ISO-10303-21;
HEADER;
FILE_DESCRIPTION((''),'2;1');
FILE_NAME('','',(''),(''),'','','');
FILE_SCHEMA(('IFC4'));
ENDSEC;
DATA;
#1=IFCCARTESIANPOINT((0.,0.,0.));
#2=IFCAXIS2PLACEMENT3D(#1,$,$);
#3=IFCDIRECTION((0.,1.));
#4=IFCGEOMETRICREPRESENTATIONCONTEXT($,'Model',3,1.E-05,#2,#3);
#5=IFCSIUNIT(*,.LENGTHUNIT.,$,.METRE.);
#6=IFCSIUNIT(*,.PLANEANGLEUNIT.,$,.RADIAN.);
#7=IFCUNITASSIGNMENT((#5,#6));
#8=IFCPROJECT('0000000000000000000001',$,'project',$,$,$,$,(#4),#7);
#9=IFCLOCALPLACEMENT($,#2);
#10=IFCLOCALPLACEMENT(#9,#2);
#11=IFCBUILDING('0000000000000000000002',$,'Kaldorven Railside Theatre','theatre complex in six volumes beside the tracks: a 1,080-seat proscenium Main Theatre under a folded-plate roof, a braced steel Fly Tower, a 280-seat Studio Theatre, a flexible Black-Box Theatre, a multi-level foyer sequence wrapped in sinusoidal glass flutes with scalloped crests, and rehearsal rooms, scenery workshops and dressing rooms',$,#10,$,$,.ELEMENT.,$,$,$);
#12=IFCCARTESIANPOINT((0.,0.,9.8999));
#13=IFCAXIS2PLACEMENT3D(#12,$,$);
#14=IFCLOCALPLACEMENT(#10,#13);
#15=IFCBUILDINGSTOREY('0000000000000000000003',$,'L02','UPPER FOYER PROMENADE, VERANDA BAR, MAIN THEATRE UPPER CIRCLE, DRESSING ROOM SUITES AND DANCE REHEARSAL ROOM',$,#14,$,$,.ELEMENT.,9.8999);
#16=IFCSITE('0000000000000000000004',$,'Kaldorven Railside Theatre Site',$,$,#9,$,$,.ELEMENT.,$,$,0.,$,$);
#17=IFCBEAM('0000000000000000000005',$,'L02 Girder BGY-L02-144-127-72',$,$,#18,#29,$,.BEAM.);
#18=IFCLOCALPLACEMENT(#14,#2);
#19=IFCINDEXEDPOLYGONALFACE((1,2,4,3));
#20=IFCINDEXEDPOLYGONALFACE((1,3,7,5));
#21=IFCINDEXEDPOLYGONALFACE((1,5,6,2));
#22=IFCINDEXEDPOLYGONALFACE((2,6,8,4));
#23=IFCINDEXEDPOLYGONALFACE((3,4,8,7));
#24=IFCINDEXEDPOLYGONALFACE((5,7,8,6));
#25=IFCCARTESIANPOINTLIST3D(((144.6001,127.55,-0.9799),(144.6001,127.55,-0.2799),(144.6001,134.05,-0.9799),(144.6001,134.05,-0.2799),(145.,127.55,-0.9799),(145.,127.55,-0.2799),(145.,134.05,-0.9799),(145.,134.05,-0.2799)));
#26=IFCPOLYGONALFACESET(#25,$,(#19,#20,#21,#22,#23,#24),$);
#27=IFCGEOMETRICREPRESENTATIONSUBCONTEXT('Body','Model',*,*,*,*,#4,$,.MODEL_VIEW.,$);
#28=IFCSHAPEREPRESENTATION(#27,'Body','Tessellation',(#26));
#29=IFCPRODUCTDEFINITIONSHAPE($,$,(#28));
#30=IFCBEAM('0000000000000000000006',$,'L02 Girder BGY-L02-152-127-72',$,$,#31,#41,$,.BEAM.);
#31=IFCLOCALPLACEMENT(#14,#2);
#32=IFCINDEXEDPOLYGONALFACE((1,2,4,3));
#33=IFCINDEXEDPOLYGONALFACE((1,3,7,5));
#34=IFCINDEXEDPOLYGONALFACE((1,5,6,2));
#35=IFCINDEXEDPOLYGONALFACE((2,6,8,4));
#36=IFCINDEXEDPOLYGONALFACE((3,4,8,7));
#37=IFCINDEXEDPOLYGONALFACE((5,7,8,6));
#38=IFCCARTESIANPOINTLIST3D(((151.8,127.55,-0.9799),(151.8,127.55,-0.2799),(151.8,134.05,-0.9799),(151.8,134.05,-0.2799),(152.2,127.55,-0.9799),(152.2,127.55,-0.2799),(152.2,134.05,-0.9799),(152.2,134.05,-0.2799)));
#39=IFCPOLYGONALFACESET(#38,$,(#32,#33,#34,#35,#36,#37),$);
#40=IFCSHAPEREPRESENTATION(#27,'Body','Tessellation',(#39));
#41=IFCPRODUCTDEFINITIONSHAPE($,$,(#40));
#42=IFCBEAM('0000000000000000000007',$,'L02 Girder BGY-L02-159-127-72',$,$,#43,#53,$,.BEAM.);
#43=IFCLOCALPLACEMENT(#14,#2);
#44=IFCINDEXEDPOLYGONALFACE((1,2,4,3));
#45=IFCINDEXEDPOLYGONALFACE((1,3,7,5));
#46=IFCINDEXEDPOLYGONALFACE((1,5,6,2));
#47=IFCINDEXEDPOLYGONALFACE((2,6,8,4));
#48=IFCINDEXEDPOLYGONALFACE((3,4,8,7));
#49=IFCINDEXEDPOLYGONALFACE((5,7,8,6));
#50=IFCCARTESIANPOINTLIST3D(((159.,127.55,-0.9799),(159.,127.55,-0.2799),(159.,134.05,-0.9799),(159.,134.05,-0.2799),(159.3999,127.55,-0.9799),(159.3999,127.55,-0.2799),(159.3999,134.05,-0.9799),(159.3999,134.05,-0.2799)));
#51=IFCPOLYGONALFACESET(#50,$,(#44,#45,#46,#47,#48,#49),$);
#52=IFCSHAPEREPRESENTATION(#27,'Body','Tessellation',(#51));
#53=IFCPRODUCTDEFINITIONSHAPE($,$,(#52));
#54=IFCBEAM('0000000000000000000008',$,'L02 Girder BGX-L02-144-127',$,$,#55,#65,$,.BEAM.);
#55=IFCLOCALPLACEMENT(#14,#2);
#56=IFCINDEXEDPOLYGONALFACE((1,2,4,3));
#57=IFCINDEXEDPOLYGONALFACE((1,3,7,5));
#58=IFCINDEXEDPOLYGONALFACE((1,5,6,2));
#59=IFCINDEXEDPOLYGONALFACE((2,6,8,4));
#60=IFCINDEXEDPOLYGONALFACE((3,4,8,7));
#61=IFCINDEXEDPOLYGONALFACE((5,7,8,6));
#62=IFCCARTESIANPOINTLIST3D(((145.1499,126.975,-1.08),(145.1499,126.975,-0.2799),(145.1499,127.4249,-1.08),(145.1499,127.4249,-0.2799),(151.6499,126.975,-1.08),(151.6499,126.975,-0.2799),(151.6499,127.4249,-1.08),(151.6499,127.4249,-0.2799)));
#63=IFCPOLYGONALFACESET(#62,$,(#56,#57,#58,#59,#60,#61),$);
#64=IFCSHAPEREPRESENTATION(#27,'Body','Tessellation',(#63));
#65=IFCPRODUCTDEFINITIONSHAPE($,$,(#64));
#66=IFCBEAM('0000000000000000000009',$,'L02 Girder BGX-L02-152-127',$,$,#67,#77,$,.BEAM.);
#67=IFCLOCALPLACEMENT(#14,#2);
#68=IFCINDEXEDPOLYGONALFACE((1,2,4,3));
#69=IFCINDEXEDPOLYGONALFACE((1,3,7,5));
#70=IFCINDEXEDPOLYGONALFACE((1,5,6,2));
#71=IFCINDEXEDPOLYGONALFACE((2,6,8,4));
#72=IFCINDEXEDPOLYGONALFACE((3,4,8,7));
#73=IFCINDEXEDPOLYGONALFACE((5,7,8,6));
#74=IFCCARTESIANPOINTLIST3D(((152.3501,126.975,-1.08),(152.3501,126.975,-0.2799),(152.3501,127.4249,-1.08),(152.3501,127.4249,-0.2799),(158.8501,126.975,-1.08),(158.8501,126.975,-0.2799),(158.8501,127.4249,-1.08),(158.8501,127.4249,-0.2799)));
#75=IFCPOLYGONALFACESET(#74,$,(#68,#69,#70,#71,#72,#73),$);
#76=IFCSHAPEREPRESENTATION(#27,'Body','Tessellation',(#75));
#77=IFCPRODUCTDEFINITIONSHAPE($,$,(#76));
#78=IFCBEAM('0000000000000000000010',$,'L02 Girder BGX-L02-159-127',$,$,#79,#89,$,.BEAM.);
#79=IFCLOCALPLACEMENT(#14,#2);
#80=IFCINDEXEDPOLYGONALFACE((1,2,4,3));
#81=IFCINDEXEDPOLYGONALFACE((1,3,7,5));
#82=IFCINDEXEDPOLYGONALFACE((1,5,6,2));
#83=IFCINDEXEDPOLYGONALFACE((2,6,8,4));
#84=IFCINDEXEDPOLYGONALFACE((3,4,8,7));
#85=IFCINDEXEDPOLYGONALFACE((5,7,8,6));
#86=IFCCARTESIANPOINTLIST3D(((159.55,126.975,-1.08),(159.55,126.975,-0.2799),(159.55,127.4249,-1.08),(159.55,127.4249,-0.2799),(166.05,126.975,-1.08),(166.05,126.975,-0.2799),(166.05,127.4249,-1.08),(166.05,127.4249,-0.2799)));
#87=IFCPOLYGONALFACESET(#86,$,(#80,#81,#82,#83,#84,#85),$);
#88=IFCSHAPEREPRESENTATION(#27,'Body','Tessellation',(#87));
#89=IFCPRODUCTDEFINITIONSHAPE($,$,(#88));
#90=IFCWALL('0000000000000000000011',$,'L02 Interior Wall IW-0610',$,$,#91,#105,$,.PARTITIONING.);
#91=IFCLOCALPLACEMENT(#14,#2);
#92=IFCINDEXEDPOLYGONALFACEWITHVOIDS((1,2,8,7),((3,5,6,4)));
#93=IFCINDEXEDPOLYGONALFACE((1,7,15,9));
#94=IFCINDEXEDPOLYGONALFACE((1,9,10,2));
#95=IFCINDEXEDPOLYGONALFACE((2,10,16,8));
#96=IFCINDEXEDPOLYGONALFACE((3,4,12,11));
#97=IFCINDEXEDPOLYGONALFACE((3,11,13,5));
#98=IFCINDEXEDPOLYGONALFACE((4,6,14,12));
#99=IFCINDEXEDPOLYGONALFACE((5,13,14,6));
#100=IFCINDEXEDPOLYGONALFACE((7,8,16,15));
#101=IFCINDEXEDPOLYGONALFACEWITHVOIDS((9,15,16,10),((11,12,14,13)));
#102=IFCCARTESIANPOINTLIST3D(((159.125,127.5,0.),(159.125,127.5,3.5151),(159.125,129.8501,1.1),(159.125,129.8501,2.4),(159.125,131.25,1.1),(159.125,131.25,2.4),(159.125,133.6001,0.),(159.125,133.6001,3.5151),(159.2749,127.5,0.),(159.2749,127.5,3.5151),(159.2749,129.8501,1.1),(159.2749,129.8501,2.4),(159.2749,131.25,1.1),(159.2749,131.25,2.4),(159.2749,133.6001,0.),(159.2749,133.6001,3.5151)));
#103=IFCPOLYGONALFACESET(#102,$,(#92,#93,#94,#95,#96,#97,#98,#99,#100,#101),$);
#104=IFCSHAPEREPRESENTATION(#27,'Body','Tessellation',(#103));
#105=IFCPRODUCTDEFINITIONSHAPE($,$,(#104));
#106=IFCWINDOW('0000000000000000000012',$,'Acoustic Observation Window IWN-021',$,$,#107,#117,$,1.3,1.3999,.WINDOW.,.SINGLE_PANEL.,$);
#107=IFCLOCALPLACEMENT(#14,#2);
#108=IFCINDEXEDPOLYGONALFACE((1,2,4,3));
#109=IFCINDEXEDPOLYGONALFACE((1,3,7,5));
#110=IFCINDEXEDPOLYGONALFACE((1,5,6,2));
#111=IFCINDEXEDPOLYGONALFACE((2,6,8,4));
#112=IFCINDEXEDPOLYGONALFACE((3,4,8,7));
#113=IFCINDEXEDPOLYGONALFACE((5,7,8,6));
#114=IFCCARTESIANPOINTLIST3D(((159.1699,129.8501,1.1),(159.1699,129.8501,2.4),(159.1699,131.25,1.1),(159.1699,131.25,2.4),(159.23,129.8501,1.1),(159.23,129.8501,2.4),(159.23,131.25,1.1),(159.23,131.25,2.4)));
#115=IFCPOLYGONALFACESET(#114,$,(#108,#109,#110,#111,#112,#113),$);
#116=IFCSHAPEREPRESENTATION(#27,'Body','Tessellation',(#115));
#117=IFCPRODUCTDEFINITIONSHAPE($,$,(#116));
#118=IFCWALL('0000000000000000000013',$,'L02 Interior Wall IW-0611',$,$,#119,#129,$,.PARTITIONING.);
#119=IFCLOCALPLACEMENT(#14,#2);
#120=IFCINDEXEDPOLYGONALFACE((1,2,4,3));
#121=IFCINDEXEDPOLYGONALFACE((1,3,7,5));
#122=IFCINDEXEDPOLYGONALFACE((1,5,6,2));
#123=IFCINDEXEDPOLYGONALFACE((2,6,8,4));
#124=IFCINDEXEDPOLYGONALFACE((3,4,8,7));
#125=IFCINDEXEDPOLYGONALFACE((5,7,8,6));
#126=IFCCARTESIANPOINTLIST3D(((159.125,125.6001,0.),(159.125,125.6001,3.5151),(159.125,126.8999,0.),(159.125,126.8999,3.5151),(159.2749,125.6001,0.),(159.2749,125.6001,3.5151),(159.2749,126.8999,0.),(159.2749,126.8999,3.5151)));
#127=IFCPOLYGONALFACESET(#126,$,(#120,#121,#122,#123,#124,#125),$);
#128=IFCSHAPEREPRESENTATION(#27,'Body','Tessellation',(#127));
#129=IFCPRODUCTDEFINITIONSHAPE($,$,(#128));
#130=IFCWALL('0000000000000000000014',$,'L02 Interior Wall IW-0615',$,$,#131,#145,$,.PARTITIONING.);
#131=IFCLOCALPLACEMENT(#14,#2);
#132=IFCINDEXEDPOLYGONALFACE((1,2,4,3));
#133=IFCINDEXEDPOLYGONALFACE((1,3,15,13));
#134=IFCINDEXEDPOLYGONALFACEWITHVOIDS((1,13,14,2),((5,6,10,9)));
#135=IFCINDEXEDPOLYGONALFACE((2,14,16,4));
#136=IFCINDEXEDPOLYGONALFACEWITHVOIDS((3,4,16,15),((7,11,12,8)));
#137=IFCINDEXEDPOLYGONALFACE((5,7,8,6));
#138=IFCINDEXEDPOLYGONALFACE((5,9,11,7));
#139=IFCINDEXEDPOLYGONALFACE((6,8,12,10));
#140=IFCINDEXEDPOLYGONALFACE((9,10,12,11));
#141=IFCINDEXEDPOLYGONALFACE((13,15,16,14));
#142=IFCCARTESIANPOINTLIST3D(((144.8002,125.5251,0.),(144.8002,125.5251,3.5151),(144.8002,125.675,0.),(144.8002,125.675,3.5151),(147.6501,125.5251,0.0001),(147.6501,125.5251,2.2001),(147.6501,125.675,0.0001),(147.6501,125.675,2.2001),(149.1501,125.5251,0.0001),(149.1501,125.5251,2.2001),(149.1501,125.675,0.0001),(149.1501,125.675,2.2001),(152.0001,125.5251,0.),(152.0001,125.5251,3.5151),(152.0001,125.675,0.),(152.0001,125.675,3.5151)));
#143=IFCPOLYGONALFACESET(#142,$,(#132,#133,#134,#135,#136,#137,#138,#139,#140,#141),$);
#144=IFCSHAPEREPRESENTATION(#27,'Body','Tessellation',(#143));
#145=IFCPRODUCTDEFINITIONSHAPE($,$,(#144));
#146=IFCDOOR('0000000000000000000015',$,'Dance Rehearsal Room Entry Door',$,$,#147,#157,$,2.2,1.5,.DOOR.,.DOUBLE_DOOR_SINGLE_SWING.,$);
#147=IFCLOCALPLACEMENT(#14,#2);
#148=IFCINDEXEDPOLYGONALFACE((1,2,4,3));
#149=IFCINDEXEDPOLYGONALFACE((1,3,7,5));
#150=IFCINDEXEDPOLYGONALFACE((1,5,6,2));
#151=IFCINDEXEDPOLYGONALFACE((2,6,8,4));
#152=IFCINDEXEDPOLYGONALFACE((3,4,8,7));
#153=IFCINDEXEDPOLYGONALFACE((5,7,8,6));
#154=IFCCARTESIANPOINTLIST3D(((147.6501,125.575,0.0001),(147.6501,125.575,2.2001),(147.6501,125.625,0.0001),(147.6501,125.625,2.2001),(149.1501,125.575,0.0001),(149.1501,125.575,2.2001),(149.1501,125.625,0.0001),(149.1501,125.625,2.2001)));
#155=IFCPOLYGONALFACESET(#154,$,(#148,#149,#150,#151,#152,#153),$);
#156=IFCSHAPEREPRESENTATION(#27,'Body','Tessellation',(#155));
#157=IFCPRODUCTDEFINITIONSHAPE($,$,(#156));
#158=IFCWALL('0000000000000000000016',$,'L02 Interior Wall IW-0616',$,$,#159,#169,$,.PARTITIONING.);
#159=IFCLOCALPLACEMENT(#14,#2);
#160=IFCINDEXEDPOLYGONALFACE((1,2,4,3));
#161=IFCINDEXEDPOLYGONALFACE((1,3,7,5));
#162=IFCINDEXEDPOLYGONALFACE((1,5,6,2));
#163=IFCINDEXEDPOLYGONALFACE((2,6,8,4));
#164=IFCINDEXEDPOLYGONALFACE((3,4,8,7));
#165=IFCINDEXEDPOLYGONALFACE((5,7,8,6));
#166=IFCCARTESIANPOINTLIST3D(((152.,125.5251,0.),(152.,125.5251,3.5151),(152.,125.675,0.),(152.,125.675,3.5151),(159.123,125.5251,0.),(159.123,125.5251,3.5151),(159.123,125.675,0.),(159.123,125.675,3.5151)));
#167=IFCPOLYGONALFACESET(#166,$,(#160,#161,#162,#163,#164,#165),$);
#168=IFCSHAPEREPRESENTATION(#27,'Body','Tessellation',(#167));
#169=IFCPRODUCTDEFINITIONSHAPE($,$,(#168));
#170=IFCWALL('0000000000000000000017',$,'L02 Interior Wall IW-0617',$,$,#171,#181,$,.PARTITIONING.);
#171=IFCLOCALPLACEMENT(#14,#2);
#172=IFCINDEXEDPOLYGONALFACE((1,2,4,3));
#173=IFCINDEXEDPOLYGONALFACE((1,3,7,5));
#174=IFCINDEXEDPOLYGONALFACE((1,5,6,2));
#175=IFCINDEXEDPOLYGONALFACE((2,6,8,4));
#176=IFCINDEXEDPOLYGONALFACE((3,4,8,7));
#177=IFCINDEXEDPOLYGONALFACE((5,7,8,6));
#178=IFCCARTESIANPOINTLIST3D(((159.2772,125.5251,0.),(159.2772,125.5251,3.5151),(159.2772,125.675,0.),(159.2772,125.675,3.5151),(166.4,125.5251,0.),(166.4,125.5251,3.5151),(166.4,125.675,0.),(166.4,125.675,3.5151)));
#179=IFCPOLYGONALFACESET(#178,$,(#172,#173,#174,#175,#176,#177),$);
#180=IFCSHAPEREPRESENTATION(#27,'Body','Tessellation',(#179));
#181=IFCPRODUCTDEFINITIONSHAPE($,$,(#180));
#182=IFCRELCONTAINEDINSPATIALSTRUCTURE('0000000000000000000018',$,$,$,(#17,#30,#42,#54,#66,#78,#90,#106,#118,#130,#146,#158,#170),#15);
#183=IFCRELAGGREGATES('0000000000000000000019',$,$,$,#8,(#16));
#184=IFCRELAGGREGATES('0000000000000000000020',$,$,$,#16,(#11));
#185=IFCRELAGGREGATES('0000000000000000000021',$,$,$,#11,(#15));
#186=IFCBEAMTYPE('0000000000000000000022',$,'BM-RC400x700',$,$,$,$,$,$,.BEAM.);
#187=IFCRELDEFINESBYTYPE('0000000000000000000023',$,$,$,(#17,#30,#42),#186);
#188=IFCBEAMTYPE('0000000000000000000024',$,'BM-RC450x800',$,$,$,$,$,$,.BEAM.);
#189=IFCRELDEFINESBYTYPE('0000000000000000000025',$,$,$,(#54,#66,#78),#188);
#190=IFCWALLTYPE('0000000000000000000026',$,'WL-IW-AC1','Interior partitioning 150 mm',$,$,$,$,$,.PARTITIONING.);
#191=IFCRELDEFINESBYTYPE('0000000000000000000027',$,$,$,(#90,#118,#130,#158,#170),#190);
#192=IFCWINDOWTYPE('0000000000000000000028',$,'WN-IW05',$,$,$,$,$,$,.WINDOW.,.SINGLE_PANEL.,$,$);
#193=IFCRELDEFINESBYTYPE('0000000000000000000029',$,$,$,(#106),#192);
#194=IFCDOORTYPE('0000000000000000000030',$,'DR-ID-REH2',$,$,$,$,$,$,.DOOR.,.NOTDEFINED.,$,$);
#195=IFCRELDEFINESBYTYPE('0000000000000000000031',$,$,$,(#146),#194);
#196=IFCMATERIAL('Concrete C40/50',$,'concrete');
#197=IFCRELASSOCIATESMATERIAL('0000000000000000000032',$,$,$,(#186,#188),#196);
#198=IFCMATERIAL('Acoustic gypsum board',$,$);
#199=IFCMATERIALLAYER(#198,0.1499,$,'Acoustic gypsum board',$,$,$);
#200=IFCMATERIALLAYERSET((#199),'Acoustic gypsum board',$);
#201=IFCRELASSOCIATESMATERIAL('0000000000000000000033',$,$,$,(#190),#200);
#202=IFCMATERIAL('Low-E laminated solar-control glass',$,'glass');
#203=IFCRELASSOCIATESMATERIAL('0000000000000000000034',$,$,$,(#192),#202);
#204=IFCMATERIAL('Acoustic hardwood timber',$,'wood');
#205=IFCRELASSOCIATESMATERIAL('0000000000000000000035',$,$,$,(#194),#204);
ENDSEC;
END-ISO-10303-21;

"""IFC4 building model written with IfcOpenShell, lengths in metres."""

from ifc_helpers import new_model, si_unit, direction, frame, frame_2d, origin, origin_2d, place, context, subcontext, project, spatial, rectangle, extrude, material, layer, layer_set, material_profile, profile_set, type_object, element, fill, save


model = new_model("IFC4")

# Units and contexts
model_context = context("Model", 3, precision=1e-05, world=origin(), true_north=direction((0.0, 1.0)))
body_context = subcontext(model_context, "Body", "Model", "MODEL_VIEW")
ifc_project = project(units=[si_unit("LENGTHUNIT", "METRE"), si_unit("PLANEANGLEUNIT", "RADIAN")], contexts=[model_context])

# Site, building, storey
site_placement = place(None, origin())
site = spatial("IfcSite", under=ifc_project, at=site_placement, Name="Kaldorven Railside Theatre Site", CompositionType="ELEMENT", RefElevation=0.0)
building_placement = place(site_placement, origin())
building = spatial("IfcBuilding", under=site, at=building_placement, Name="Kaldorven Railside Theatre", Description="theatre complex in six volumes beside the tracks: a 1,080-seat proscenium Main Theatre under a folded-plate roof, a braced steel Fly Tower, a 280-seat Studio Theatre, a flexible Black-Box Theatre, a multi-level foyer sequence wrapped in sinusoidal glass flutes with scalloped crests, and rehearsal rooms, scenery workshops and dressing rooms", CompositionType="ELEMENT")
storey_placement = place(building_placement, frame((0.0, 0.0, 9.8999)))
storey = spatial("IfcBuildingStorey", under=building, at=storey_placement, Name="L02", Description="UPPER FOYER PROMENADE, VERANDA BAR, MAIN THEATRE UPPER CIRCLE, DRESSING ROOM SUITES AND DANCE REHEARSAL ROOM", CompositionType="ELEMENT", Elevation=9.8999)

# Shared definitions
ifc_material_1 = material(Name="Concrete C40/50", Category="concrete")

# Beams
ifc_material_profile_1 = material_profile(ifc_material_1, rectangle(XDim=0.3999, YDim=0.7, at=origin_2d()), Name="RC 400x700")
ifc_profile_set_1 = profile_set([ifc_material_profile_1], Name="Concrete C40/50")
beam_type_1 = type_object("IfcBeamType", Name="BM-RC400x700", PredefinedType="BEAM", material=ifc_profile_set_1)
for number, where, z_axis, x_axis, name in (
    (1, (144.8, 127.55, -0.6299), (0.0, 1.0, 0.0), (-1.0, 0.0, 0.0), "L02 Girder BGY-L02-144-127-72"),
    (2, (152.0, 127.55, -0.6299), (0.0, 1.0, 0.0), (-1.0, 0.0, 0.0), "L02 Girder BGY-L02-152-127-72"),
    (3, (159.2, 127.55, -0.6299), (0.0, 1.0, 0.0), (-1.0, 0.0, 0.0), "L02 Girder BGY-L02-159-127-72"),
):
    element("IfcBeam", number, at=place(storey_placement, frame(where, z_axis=z_axis, x_axis=x_axis)), inside=storey, type_object=beam_type_1, Name=name, PredefinedType="BEAM", context=body_context, shape_type="SweptSolid", body=[
        extrude(rectangle(XDim=0.3999, YDim=0.7, at=origin_2d()), origin(), (0.0, 0.0, 1.0), 6.5),
    ])
ifc_material_profile_2 = material_profile(ifc_material_1, rectangle(XDim=0.45, YDim=0.8, at=origin_2d()), Name="RC 450x800")
ifc_profile_set_2 = profile_set([ifc_material_profile_2], Name="Concrete C40/50")
beam_type_2 = type_object("IfcBeamType", Name="BM-RC450x800", PredefinedType="BEAM", material=ifc_profile_set_2)
for number, where, z_axis, x_axis, name in (
    (4, (145.1499, 127.2, -0.6799), (1.0, 0.0, 0.0), (0.0, 1.0, 0.0), "L02 Girder BGX-L02-144-127"),
    (5, (152.3501, 127.2, -0.6799), (1.0, 0.0, 0.0), (0.0, 1.0, 0.0), "L02 Girder BGX-L02-152-127"),
    (6, (159.55, 127.2, -0.6799), (1.0, 0.0, 0.0), (0.0, 1.0, 0.0), "L02 Girder BGX-L02-159-127"),
):
    element("IfcBeam", number, at=place(storey_placement, frame(where, z_axis=z_axis, x_axis=x_axis)), inside=storey, type_object=beam_type_2, Name=name, PredefinedType="BEAM", context=body_context, shape_type="SweptSolid", body=[
        extrude(rectangle(XDim=0.45, YDim=0.8, at=origin_2d()), origin(), (0.0, 0.0, 1.0), 6.5),
    ])

# Wall, opening, window
ifc_material_2 = material(Name="Acoustic gypsum board")
ifc_layer = layer(ifc_material_2, 0.1499, Name="Acoustic gypsum board")
ifc_layer_set = layer_set([ifc_layer], Name="Acoustic gypsum board")
wall_type = type_object("IfcWallType", Name="WL-IW-AC1", Description="Interior partitioning 150 mm", PredefinedType="PARTITIONING", material=ifc_layer_set)
wall_1_placement = place(storey_placement, frame((159.2, 127.5, 0.0), z_axis=(0.0, 0.0, 1.0), x_axis=(0.0, 1.0, 0.0)))
wall_1 = element("IfcWall", 7, at=wall_1_placement, inside=storey, type_object=wall_type, Name="L02 Interior Wall IW-0610", PredefinedType="PARTITIONING", context=body_context, shape_type="SweptSolid", body=[
    extrude(rectangle(XDim=6.1001, YDim=0.1499, at=frame_2d((3.05, 0.0))), origin(), (0.0, 0.0, 1.0), 3.5151),
])
opening_1_placement = place(wall_1_placement, frame((2.3501, 0.0, 1.1001)))
opening_1 = element("IfcOpeningElement", 8, at=opening_1_placement, cuts=wall_1, PredefinedType="OPENING", context=body_context, shape_type="SweptSolid", body=[
    extrude(rectangle(XDim=1.3999, YDim=1.3, at=frame_2d((0.7, 0.6499))), frame((0.0, 0.085, 0.0), z_axis=(0.0, -1.0, 0.0), x_axis=(1.0, 0.0, 0.0)), (0.0, 0.0, 1.0), 0.1699),
])
ifc_material_3 = material(Name="Low-E laminated solar-control glass", Category="glass")
window_type = type_object("IfcWindowType", Name="WN-IW05", PartitioningType="SINGLE_PANEL", PredefinedType="WINDOW", material=ifc_material_3)
window_placement = place(opening_1_placement, origin())
window = element("IfcWindow", 9, at=window_placement, inside=storey, type_object=window_type, Name="Acoustic Observation Window IWN-021", OverallHeight=1.3, OverallWidth=1.3999, PartitioningType="SINGLE_PANEL", PredefinedType="WINDOW", context=body_context, shape_type="SweptSolid", body=[
    extrude(rectangle(XDim=1.3999, YDim=1.3, at=frame_2d((0.7, 0.6499))), frame((0.0, 0.03, 0.0), z_axis=(0.0, -1.0, 0.0), x_axis=(1.0, 0.0, 0.0)), (0.0, 0.0, 1.0), 0.0601),
])
fill(opening_1, window)

# Wall
wall_2_placement = place(storey_placement, frame((159.2, 125.6001, 0.0), z_axis=(0.0, 0.0, 1.0), x_axis=(0.0, 1.0, 0.0)))
element("IfcWall", 10, at=wall_2_placement, inside=storey, type_object=wall_type, Name="L02 Interior Wall IW-0611", PredefinedType="PARTITIONING", context=body_context, shape_type="SweptSolid", body=[
    extrude(rectangle(XDim=1.2998, YDim=0.1499, at=frame_2d((0.6499, 0.0))), origin(), (0.0, 0.0, 1.0), 3.5151),
])

# Wall, opening, door
wall_3_placement = place(storey_placement, frame((144.8, 125.6001, 0.0), z_axis=(0.0, 0.0, 1.0), x_axis=(1.0, 0.0, 0.0)))
wall_3 = element("IfcWall", 11, at=wall_3_placement, inside=storey, type_object=wall_type, Name="L02 Interior Wall IW-0615", PredefinedType="PARTITIONING", context=body_context, shape_type="SweptSolid", body=[
    extrude(rectangle(XDim=7.2, YDim=0.1499, at=frame_2d((3.6001, 0.0))), origin(), (0.0, 0.0, 1.0), 3.5151),
])
opening_2_placement = place(wall_3_placement, frame((2.8501, 0.0, 0.0)))
opening_2 = element("IfcOpeningElement", 12, at=opening_2_placement, cuts=wall_3, PredefinedType="OPENING", context=body_context, shape_type="SweptSolid", body=[
    extrude(rectangle(XDim=1.5, YDim=2.2, at=frame_2d((0.75, 1.1001))), frame((0.0, 0.085, 0.0), z_axis=(0.0, -1.0, 0.0), x_axis=(1.0, 0.0, 0.0)), (0.0, 0.0, 1.0), 0.1699),
])
ifc_material_4 = material(Name="Acoustic hardwood timber", Category="wood")
door_type = type_object("IfcDoorType", Name="DR-ID-REH2", OperationType="NOTDEFINED", PredefinedType="DOOR", material=ifc_material_4)
door_placement = place(opening_2_placement, origin())
door = element("IfcDoor", 13, at=door_placement, inside=storey, type_object=door_type, Name="Dance Rehearsal Room Entry Door", OperationType="DOUBLE_DOOR_SINGLE_SWING", OverallHeight=2.2, OverallWidth=1.5, PredefinedType="DOOR", context=body_context, shape_type="SweptSolid", body=[
    extrude(rectangle(XDim=1.5, YDim=2.2, at=frame_2d((0.75, 1.1001))), frame((0.0, 0.0249, 0.0), z_axis=(0.0, -1.0, 0.0), x_axis=(1.0, 0.0, 0.0)), (0.0, 0.0, 1.0), 0.05),
])
fill(opening_2, door)

# Walls
wall_4_placement = place(storey_placement, frame((152.0, 125.6001, 0.0), z_axis=(0.0, 0.0, 1.0), x_axis=(1.0, 0.0, 0.0)))
element("IfcWall", 14, at=wall_4_placement, inside=storey, type_object=wall_type, Name="L02 Interior Wall IW-0616", PredefinedType="PARTITIONING", context=body_context, shape_type="SweptSolid", body=[
    extrude(rectangle(XDim=7.123, YDim=0.1499, at=frame_2d((3.5615, 0.0))), origin(), (0.0, 0.0, 1.0), 3.5151),
])
wall_5_placement = place(storey_placement, frame((159.2771, 125.6001, 0.0), z_axis=(0.0, 0.0, 1.0), x_axis=(1.0, 0.0, 0.0)))
element("IfcWall", 15, at=wall_5_placement, inside=storey, type_object=wall_type, Name="L02 Interior Wall IW-0617", PredefinedType="PARTITIONING", context=body_context, shape_type="SweptSolid", body=[
    extrude(rectangle(XDim=7.1228, YDim=0.1499, at=frame_2d((3.5615, 0.0))), origin(), (0.0, 0.0, 1.0), 3.5151),
])

save(model, "model.ifc")
